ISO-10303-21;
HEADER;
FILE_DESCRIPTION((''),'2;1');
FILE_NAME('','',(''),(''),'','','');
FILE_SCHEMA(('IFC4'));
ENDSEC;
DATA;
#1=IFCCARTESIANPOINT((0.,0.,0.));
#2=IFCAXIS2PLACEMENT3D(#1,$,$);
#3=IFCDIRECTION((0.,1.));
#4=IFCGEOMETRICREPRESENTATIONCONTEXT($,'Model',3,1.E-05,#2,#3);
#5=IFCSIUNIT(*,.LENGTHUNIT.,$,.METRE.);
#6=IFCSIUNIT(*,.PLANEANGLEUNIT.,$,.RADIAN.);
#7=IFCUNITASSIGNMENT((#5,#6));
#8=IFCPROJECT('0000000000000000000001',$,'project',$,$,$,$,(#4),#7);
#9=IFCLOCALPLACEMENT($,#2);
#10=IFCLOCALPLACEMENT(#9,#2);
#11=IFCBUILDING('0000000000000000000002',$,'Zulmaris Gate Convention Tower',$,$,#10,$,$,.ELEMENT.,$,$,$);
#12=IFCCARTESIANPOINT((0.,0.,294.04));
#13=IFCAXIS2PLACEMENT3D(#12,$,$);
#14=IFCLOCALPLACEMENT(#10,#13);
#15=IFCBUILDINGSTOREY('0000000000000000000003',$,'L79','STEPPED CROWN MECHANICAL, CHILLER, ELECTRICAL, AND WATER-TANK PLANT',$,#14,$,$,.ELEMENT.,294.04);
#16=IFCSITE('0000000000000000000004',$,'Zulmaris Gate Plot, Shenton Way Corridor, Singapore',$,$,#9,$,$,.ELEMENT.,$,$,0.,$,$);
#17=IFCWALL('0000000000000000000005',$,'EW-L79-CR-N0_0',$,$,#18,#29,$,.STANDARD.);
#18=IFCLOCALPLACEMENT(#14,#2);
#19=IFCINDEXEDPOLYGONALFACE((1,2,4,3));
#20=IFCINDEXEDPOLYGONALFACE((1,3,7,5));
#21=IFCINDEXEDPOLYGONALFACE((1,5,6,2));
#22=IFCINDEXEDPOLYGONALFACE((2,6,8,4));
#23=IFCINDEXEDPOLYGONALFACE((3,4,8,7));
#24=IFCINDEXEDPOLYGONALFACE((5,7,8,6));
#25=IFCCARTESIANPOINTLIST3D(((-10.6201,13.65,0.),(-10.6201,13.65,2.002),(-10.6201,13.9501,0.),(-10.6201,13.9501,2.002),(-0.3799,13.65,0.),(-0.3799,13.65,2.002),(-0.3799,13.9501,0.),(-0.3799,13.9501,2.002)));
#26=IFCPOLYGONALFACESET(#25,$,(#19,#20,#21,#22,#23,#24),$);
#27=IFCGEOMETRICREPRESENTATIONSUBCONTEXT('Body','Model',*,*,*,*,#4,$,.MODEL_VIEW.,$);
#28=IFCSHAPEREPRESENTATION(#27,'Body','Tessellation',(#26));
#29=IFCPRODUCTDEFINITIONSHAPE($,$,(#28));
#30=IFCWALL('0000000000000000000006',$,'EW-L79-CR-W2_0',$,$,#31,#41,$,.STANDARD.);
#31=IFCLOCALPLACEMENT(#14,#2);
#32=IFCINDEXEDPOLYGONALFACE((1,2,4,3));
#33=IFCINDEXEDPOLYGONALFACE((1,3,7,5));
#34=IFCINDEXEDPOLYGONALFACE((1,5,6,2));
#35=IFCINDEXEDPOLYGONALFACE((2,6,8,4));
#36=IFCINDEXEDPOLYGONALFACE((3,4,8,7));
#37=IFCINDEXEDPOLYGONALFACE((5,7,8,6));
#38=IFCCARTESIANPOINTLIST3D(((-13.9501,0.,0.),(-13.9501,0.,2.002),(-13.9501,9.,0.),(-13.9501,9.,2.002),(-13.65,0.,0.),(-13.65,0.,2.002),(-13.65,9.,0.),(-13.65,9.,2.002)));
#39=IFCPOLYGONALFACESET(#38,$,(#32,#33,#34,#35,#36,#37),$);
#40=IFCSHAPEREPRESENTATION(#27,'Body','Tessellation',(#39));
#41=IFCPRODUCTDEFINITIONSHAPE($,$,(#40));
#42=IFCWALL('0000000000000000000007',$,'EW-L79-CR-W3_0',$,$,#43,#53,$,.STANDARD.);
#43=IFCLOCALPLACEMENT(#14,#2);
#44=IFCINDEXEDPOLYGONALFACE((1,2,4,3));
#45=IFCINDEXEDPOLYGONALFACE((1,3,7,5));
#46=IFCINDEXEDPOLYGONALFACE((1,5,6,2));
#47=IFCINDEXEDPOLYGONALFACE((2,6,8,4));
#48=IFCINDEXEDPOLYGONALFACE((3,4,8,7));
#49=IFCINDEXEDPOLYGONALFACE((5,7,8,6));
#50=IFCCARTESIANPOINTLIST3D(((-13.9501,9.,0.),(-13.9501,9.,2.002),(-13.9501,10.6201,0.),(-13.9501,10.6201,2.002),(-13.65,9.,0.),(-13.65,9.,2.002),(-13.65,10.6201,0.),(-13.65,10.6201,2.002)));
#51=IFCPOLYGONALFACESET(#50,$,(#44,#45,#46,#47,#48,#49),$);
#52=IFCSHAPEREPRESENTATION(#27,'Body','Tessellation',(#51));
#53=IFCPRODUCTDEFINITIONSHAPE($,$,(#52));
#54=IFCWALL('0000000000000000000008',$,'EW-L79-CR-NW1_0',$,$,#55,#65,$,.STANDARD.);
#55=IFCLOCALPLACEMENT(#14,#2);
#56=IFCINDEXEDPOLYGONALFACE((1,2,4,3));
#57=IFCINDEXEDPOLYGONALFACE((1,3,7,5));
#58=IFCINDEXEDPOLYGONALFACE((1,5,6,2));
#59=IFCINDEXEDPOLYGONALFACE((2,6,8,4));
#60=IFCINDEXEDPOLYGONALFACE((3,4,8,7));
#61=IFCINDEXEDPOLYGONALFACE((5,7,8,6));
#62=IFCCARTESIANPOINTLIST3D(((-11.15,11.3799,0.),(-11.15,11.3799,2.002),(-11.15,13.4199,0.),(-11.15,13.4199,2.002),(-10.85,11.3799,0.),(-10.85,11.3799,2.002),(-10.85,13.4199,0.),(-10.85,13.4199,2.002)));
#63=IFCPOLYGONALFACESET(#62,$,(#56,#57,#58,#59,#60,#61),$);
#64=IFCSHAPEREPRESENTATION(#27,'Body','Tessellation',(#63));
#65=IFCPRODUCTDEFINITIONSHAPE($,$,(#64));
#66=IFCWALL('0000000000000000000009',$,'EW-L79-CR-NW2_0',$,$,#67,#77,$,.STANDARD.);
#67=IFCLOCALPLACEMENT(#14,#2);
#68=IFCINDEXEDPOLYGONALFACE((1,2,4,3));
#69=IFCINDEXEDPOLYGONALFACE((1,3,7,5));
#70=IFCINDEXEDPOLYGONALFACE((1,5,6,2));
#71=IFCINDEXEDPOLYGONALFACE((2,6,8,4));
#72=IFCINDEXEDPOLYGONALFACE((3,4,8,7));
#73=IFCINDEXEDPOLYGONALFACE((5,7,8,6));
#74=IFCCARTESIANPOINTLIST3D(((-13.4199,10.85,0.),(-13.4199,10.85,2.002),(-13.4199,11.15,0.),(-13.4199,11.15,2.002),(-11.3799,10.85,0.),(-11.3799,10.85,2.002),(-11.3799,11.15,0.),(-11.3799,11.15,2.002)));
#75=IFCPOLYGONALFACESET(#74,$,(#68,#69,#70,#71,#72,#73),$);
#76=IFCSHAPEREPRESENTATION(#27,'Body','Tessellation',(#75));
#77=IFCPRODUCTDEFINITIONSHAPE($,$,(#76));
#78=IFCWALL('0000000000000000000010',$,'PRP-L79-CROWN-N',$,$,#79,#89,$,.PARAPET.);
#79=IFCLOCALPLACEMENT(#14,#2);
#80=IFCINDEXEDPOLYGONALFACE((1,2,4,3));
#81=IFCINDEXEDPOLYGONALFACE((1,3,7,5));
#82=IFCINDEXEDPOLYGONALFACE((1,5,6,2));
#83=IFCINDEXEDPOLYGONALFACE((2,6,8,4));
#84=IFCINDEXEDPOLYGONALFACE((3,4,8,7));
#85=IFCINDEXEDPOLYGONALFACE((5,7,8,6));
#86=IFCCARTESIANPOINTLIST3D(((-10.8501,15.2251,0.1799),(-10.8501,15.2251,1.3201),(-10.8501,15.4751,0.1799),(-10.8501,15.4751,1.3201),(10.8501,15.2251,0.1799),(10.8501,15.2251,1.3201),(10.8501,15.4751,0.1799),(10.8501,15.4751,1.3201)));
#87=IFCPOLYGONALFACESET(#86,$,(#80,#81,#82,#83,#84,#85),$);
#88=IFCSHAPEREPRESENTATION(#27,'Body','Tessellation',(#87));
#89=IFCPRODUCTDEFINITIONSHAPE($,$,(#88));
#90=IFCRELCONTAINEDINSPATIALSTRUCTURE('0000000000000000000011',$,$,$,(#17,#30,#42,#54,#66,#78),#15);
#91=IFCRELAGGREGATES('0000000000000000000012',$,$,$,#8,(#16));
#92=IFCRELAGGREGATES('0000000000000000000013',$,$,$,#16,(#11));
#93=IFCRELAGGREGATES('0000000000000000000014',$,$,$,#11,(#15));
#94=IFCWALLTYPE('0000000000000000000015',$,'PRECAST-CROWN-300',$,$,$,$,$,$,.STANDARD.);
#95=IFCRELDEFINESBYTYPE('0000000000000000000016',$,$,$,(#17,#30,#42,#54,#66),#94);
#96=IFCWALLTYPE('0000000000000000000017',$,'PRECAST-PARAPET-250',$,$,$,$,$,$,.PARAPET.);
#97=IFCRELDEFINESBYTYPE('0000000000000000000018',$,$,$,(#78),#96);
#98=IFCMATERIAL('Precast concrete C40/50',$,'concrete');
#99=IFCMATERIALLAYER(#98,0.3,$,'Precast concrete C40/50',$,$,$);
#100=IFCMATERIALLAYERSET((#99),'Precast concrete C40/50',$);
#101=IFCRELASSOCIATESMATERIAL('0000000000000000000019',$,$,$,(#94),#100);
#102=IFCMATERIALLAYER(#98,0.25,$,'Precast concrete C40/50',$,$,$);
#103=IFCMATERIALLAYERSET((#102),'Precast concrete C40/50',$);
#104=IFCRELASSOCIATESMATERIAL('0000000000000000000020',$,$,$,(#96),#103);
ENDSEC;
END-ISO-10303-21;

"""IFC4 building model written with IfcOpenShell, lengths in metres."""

from ifc_helpers import new_model, si_unit, direction, frame, frame_2d, origin, place, context, subcontext, project, spatial, rectangle, extrude, material, layer, layer_set, type_object, element, save


model = new_model("IFC4")

# Units and contexts
model_context = context("Model", 3, precision=1e-05, world=origin(), true_north=direction((0.0, 1.0)))
body_context = subcontext(model_context, "Body", "Model", "MODEL_VIEW")
ifc_project = project(units=[si_unit("LENGTHUNIT", "METRE"), si_unit("PLANEANGLEUNIT", "RADIAN")], contexts=[model_context])

# Site, building, storey
site_placement = place(None, origin())
site = spatial("IfcSite", under=ifc_project, at=site_placement, Name="Zulmaris Gate Plot, Shenton Way Corridor, Singapore", CompositionType="ELEMENT", RefElevation=0.0)
building_placement = place(site_placement, origin())
building = spatial("IfcBuilding", under=site, at=building_placement, Name="Zulmaris Gate Convention Tower", CompositionType="ELEMENT")
storey_placement = place(building_placement, frame((0.0, 0.0, 294.04)))
storey = spatial("IfcBuildingStorey", under=building, at=storey_placement, Name="L79", Description="STEPPED CROWN MECHANICAL, CHILLER, ELECTRICAL, AND WATER-TANK PLANT", CompositionType="ELEMENT", Elevation=294.04)

# Walls
ifc_material_1 = material(Name="Precast concrete C40/50", Category="concrete")
ifc_layer_1 = layer(ifc_material_1, 0.3, Name="Precast concrete C40/50")
ifc_layer_set_1 = layer_set([ifc_layer_1], Name="Precast concrete C40/50")
wall_type_1 = type_object("IfcWallType", Name="PRECAST-CROWN-300", PredefinedType="STANDARD", material=ifc_layer_set_1)
wall_1_placement = place(storey_placement, frame((-0.3799, 13.8, 0.0), z_axis=(0.0, 0.0, 1.0), x_axis=(-1.0, 0.0, 0.0)))
element("IfcWall", 1, at=wall_1_placement, inside=storey, type_object=wall_type_1, Name="EW-L79-CR-N0_0", PredefinedType="STANDARD", context=body_context, shape_type="SweptSolid", body=[
    extrude(rectangle(XDim=10.2402, YDim=0.3, at=frame_2d((5.1201, 0.0))), origin(), (0.0, 0.0, 1.0), 2.002),
])
wall_2_placement = place(storey_placement, frame((-13.8, 9.0, 0.0), z_axis=(0.0, 0.0, 1.0), x_axis=(0.0, -1.0, 0.0)))
element("IfcWall", 2, at=wall_2_placement, inside=storey, type_object=wall_type_1, Name="EW-L79-CR-W2_0", PredefinedType="STANDARD", context=body_context, shape_type="SweptSolid", body=[
    extrude(rectangle(XDim=9.0, YDim=0.3, at=frame_2d((4.5, 0.0))), origin(), (0.0, 0.0, 1.0), 2.002),
])
wall_3_placement = place(storey_placement, frame((-13.8, 10.6201, 0.0), z_axis=(0.0, 0.0, 1.0), x_axis=(0.0, -1.0, 0.0)))
element("IfcWall", 3, at=wall_3_placement, inside=storey, type_object=wall_type_1, Name="EW-L79-CR-W3_0", PredefinedType="STANDARD", context=body_context, shape_type="SweptSolid", body=[
    extrude(rectangle(XDim=1.6201, YDim=0.3, at=frame_2d((0.8101, 0.0))), origin(), (0.0, 0.0, 1.0), 2.002),
])
for number, where, z_axis, x_axis, name in (
    (4, (-11.0, 13.4199, 0.0), (0.0, 0.0, 1.0), (0.0, -1.0, 0.0), "EW-L79-CR-NW1_0"),
    (5, (-11.3799, 11.0, 0.0), (0.0, 0.0, 1.0), (-1.0, 0.0, 0.0), "EW-L79-CR-NW2_0"),
):
    element("IfcWall", number, at=place(storey_placement, frame(where, z_axis=z_axis, x_axis=x_axis)), inside=storey, type_object=wall_type_1, Name=name, PredefinedType="STANDARD", context=body_context, shape_type="SweptSolid", body=[
        extrude(rectangle(XDim=2.04, YDim=0.3, at=frame_2d((1.02, 0.0))), origin(), (0.0, 0.0, 1.0), 2.002),
    ])
ifc_layer_2 = layer(ifc_material_1, 0.25, Name="Precast concrete C40/50")
ifc_layer_set_2 = layer_set([ifc_layer_2], Name="Precast concrete C40/50")
wall_type_2 = type_object("IfcWallType", Name="PRECAST-PARAPET-250", PredefinedType="PARAPET", material=ifc_layer_set_2)
wall_4_placement = place(storey_placement, frame((-10.8501, 15.3501, 0.1799), z_axis=(0.0, 0.0, 1.0), x_axis=(1.0, 0.0, 0.0)))
element("IfcWall", 6, at=wall_4_placement, inside=storey, type_object=wall_type_2, Name="PRP-L79-CROWN-N", PredefinedType="PARAPET", context=body_context, shape_type="SweptSolid", body=[
    extrude(rectangle(XDim=21.7002, YDim=0.25, at=frame_2d((10.8501, 0.0))), origin(), (0.0, 0.0, 1.0), 1.1401),
])

save(model, "model.ifc")
